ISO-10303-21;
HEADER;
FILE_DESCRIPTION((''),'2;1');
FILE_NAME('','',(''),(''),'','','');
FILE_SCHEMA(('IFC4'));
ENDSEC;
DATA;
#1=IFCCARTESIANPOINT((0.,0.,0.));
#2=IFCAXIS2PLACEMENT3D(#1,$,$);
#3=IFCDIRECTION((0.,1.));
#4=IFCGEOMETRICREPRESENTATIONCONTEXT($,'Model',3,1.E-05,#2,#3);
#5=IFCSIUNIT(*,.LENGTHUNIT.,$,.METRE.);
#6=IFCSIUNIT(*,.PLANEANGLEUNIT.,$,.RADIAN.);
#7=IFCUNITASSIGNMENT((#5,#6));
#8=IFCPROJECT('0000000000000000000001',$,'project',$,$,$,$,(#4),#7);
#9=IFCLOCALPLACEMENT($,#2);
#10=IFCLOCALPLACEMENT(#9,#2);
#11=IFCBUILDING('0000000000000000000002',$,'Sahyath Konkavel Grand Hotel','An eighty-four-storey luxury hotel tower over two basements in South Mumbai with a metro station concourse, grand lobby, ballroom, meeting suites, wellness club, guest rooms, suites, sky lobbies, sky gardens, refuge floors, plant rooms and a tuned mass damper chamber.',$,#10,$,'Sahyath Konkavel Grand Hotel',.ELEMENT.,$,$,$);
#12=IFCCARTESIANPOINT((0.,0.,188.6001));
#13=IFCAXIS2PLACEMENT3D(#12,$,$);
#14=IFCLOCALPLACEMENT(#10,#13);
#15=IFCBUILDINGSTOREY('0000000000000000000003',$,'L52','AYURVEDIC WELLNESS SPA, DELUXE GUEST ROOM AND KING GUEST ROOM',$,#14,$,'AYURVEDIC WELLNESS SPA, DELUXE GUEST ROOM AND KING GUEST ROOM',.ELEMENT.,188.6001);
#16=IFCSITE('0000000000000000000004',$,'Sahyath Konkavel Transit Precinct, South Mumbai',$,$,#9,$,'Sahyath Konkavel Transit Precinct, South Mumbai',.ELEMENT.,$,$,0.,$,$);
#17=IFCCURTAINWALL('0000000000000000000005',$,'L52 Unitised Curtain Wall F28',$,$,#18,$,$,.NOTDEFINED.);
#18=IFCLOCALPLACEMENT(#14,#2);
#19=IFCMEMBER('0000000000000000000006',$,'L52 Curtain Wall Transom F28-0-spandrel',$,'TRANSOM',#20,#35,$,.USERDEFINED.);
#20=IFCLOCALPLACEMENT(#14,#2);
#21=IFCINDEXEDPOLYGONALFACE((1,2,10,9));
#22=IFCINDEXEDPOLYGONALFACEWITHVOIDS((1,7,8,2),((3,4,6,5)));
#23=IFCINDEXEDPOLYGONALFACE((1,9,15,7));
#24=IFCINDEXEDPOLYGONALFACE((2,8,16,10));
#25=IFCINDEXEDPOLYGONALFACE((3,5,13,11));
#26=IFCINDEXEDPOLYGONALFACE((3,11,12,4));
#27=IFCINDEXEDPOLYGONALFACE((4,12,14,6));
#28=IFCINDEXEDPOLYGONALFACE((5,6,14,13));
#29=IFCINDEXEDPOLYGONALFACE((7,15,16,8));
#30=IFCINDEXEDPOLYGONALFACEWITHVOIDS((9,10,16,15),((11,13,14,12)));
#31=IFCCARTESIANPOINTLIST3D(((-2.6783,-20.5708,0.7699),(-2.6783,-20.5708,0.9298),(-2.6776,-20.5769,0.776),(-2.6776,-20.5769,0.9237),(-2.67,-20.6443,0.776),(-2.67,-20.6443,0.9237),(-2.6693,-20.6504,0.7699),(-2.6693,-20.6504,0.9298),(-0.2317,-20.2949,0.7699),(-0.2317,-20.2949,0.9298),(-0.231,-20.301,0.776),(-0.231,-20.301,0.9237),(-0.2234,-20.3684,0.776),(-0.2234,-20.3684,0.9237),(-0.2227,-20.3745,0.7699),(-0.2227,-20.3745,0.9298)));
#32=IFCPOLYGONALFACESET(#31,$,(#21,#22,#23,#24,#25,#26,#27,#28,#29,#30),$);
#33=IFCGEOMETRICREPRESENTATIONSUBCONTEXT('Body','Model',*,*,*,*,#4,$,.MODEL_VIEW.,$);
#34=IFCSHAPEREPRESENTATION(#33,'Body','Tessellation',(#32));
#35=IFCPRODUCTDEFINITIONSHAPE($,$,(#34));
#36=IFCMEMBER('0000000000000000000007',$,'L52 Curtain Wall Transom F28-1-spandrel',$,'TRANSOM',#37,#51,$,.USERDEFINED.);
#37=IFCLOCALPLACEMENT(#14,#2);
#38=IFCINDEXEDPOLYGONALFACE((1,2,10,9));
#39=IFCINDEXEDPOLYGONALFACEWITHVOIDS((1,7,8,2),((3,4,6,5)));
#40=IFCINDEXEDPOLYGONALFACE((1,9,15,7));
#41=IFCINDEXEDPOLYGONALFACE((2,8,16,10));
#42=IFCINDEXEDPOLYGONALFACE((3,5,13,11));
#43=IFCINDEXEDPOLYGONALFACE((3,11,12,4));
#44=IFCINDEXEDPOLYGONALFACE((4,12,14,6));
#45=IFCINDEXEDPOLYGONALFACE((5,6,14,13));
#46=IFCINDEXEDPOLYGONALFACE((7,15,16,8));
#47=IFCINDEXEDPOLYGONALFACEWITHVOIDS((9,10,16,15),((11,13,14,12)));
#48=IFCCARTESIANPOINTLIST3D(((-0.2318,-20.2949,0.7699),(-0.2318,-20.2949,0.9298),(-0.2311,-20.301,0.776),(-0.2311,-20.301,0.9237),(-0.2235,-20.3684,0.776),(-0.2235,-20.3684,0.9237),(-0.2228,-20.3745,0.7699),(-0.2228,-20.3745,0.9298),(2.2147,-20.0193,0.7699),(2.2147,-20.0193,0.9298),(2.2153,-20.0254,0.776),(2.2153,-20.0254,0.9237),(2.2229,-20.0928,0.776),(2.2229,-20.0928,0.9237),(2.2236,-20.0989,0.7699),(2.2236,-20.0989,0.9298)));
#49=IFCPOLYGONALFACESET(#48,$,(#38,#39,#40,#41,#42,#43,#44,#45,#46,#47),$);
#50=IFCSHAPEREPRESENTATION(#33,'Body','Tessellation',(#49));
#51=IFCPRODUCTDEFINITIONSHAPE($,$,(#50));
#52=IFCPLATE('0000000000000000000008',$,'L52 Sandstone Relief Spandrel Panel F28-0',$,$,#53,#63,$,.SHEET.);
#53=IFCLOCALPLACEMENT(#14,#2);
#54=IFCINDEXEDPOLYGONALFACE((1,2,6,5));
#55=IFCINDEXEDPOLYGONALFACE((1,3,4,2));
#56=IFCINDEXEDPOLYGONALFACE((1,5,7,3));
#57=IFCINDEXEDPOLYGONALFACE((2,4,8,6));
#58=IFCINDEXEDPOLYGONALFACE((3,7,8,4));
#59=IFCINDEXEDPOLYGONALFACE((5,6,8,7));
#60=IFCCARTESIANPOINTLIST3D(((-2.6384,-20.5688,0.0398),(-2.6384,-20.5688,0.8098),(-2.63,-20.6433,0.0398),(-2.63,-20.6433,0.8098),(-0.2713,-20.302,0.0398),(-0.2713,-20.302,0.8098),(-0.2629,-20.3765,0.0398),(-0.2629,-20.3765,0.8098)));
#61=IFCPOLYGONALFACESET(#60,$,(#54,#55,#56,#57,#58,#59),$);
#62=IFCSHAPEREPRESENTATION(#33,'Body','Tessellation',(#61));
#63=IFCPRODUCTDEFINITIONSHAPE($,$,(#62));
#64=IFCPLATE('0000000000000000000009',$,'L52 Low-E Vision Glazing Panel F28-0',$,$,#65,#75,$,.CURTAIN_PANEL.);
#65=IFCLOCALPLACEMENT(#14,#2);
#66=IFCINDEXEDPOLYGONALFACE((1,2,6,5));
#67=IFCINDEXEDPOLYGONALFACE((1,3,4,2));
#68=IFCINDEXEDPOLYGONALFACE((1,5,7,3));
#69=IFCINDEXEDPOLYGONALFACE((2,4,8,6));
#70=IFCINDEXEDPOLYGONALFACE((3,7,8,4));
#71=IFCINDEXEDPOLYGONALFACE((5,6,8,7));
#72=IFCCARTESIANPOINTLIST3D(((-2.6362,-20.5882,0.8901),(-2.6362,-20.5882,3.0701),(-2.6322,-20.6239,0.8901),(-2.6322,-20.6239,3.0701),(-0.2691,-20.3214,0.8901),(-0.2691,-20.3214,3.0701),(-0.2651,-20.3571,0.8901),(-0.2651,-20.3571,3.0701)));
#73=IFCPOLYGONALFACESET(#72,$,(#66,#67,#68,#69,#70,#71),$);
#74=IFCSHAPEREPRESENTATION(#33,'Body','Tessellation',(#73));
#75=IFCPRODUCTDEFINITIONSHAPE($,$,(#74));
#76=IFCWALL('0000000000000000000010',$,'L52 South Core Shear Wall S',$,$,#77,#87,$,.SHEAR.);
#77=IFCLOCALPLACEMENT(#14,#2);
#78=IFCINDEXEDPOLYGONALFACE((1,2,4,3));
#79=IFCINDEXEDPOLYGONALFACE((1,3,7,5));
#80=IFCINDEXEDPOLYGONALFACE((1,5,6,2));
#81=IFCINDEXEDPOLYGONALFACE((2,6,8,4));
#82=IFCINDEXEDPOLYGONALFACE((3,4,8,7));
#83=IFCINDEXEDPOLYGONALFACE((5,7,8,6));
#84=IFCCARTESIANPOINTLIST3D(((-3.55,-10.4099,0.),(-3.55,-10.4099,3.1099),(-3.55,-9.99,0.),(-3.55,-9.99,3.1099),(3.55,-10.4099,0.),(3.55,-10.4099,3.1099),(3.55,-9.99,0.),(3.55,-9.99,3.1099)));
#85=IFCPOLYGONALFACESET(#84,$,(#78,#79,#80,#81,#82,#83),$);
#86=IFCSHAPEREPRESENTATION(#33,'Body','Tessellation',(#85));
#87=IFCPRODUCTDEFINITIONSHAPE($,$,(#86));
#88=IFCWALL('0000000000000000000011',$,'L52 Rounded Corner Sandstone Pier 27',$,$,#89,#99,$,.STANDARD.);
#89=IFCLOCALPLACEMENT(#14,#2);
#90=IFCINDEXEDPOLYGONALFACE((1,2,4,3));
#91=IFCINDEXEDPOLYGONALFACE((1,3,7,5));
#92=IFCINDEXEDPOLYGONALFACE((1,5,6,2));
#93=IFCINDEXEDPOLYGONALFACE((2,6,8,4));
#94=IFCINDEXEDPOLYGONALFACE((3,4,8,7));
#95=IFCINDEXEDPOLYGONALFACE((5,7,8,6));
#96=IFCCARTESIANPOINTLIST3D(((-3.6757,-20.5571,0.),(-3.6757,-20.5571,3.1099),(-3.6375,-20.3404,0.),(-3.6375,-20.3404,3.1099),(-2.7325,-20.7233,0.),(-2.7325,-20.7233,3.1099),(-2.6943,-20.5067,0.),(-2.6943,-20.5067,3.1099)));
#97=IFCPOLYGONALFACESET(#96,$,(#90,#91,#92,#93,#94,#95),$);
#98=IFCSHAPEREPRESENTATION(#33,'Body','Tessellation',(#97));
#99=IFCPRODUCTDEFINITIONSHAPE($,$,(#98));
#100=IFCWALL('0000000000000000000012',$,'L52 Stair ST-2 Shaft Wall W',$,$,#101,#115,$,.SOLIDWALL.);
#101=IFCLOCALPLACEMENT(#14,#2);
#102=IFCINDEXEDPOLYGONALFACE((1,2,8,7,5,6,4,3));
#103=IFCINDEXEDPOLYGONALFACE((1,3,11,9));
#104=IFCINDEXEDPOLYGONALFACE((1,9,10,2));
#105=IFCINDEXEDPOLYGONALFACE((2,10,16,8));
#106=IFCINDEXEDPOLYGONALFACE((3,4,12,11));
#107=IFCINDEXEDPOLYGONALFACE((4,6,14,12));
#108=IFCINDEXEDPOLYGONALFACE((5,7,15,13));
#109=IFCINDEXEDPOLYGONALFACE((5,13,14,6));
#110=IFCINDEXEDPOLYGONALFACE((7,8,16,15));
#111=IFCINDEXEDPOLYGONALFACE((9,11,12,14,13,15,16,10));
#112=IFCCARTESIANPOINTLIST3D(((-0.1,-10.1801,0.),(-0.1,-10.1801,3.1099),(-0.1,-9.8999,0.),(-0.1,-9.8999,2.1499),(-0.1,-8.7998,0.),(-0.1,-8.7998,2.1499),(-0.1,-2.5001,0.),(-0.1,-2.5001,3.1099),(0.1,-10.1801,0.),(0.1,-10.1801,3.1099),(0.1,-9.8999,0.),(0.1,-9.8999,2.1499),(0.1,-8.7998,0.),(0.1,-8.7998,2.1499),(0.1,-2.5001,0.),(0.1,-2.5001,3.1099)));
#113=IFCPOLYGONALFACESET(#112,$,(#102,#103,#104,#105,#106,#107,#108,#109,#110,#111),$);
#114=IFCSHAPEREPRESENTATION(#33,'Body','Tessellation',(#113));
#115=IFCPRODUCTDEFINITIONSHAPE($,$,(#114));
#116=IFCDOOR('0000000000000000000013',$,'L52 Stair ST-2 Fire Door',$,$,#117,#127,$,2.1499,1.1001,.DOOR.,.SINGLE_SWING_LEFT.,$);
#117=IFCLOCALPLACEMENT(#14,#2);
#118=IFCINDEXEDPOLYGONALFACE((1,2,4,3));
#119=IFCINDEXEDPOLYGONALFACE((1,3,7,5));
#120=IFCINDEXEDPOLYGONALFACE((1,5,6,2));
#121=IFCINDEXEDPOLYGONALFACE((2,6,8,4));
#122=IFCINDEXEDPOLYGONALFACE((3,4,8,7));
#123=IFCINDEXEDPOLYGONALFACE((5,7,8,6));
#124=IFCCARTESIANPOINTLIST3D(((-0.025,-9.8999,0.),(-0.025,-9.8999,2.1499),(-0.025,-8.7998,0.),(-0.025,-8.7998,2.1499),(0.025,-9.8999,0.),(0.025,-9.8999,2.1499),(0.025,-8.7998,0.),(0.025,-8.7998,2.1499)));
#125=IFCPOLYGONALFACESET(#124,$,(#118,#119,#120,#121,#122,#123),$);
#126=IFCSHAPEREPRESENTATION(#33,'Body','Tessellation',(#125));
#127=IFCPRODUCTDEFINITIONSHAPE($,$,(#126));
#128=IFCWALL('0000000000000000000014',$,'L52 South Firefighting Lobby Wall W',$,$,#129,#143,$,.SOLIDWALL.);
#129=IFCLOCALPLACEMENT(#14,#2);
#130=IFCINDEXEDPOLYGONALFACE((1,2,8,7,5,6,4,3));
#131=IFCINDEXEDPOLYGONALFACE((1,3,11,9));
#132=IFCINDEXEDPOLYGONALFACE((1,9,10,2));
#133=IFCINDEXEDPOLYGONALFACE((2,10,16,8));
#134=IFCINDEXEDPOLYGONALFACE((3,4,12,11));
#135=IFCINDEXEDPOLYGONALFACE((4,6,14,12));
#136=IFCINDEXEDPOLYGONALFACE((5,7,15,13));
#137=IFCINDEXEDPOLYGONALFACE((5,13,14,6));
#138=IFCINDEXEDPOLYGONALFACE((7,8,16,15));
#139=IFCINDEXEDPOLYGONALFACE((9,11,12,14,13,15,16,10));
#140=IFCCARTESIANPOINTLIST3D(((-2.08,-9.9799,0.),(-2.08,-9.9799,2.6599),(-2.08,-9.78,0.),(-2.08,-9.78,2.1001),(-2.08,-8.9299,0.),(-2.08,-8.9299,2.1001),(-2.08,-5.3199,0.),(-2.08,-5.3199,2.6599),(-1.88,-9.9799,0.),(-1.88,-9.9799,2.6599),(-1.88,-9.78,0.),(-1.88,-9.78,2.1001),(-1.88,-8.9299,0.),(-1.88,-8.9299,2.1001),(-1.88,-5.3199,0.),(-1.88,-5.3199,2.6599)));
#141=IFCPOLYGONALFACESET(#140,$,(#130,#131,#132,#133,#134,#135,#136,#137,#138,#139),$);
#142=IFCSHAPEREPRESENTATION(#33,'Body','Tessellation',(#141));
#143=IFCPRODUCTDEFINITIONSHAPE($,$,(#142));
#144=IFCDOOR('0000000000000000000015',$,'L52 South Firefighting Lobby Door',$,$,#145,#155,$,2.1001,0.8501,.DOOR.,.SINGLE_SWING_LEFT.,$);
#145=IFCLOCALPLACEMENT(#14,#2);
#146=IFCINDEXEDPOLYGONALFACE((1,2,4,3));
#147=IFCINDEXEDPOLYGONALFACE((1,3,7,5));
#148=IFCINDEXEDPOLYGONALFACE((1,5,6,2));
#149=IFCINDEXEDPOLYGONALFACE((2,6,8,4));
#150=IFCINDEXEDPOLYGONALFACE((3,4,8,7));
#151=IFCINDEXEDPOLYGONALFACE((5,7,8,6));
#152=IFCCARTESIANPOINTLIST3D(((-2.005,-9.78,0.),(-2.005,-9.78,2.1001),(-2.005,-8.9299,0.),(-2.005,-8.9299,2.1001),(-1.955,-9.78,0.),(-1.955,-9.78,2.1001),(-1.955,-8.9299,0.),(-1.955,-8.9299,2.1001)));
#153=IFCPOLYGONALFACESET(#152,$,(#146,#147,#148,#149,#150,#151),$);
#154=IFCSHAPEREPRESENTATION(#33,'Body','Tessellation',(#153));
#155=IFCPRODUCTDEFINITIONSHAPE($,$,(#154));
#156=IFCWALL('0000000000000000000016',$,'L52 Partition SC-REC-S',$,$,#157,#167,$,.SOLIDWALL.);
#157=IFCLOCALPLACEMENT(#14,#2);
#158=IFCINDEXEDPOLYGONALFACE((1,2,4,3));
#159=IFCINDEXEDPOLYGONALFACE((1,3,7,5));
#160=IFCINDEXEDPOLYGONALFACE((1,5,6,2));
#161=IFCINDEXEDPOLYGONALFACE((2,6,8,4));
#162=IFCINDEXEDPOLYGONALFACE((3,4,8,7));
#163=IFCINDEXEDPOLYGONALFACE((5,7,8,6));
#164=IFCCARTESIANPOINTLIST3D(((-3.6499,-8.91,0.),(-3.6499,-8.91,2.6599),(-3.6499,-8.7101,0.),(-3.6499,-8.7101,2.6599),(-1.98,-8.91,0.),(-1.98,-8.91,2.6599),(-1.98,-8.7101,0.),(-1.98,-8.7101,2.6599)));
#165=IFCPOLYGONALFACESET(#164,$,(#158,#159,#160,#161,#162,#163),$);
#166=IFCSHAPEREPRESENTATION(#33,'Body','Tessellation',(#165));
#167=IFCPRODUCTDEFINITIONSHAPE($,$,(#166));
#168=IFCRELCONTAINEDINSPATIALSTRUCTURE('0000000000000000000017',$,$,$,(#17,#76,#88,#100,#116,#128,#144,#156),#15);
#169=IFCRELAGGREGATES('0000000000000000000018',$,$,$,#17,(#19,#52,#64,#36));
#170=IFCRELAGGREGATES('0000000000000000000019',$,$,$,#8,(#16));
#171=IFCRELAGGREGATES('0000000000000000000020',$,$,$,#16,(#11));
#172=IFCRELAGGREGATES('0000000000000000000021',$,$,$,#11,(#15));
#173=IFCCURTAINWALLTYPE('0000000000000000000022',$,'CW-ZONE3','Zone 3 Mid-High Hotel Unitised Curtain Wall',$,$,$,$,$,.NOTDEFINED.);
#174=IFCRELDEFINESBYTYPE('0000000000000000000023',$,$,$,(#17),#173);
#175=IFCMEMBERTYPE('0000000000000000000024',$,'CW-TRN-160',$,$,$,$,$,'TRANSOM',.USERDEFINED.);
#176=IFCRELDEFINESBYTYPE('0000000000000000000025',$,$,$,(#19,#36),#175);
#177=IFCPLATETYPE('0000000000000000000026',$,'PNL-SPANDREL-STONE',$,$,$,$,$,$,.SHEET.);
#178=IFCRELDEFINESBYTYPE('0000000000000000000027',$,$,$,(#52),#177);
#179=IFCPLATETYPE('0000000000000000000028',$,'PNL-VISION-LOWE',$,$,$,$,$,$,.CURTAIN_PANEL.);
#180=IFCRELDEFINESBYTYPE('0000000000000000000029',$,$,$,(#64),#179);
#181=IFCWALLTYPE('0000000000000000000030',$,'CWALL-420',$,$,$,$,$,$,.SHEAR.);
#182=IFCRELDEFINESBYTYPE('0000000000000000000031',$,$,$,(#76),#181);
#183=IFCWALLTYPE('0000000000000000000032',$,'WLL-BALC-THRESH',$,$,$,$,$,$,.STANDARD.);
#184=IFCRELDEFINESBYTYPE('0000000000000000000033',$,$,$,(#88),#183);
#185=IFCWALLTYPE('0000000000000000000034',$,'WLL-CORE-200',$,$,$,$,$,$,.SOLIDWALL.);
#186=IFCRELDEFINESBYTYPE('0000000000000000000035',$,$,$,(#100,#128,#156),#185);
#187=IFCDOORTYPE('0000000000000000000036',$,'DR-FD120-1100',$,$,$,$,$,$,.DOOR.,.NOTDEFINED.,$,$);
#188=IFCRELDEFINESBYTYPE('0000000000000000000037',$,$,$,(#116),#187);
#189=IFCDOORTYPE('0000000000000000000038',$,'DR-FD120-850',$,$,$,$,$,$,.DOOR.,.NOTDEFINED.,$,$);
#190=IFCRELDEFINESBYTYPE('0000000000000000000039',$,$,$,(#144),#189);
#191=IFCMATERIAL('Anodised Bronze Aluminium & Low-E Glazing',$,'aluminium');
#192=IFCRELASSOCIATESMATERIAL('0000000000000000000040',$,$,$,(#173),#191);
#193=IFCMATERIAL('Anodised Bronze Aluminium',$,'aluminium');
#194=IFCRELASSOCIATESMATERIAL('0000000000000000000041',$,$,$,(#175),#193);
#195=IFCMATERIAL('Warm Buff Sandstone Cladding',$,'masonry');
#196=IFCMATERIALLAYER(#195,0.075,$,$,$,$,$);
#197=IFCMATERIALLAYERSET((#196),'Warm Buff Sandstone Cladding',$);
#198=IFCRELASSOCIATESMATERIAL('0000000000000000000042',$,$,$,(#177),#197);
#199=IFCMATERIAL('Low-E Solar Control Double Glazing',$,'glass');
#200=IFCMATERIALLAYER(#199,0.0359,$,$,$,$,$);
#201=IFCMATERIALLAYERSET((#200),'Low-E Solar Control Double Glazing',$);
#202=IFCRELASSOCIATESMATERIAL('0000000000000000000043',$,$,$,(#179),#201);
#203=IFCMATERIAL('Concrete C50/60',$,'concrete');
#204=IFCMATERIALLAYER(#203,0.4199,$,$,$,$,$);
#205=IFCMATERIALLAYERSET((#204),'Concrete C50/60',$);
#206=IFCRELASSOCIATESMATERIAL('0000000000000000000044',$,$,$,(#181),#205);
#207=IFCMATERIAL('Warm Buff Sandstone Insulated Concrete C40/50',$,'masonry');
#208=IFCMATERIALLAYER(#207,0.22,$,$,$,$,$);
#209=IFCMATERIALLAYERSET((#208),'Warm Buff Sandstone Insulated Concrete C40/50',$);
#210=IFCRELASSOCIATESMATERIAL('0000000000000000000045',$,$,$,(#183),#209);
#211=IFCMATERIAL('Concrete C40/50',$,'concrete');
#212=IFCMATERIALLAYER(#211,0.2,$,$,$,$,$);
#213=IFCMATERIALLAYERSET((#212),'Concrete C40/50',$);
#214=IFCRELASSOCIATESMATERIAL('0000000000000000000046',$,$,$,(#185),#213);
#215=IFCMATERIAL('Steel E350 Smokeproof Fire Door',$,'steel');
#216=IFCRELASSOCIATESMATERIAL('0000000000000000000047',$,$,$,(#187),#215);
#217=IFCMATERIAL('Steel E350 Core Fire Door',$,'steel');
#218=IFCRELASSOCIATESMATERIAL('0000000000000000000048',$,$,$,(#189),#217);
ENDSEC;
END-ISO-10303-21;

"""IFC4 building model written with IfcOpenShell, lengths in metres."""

from ifc_helpers import new_model, si_unit, direction, frame, frame_2d, origin, origin_2d, place, context, subcontext, project, spatial, rectangle, hollow_rectangle, extrude, source, transform, mapped, material, layer, layer_set, material_profile, profile_set, type_object, element, fill, aggregate, save


model = new_model("IFC4")

# Units and contexts
model_context = context("Model", 3, precision=1e-05, world=origin(), true_north=direction((0.0, 1.0)))
body_context = subcontext(model_context, "Body", "Model", "MODEL_VIEW")
ifc_project = project(units=[si_unit("LENGTHUNIT", "METRE"), si_unit("PLANEANGLEUNIT", "RADIAN")], contexts=[model_context])

# Site, building, storey
site_placement = place(None, origin())
site = spatial("IfcSite", under=ifc_project, at=site_placement, Name="Sahyath Konkavel Transit Precinct, South Mumbai", LongName="Sahyath Konkavel Transit Precinct, South Mumbai", CompositionType="ELEMENT", RefElevation=0.0)
building_placement = place(site_placement, origin())
building = spatial("IfcBuilding", under=site, at=building_placement, Name="Sahyath Konkavel Grand Hotel", Description="An eighty-four-storey luxury hotel tower over two basements in South Mumbai with a metro station concourse, grand lobby, ballroom, meeting suites, wellness club, guest rooms, suites, sky lobbies, sky gardens, refuge floors, plant rooms and a tuned mass damper chamber.", LongName="Sahyath Konkavel Grand Hotel", CompositionType="ELEMENT")
storey_placement = place(building_placement, frame((0.0, 0.0, 188.6001)))
storey = spatial("IfcBuildingStorey", under=building, at=storey_placement, Name="L52", Description="AYURVEDIC WELLNESS SPA, DELUXE GUEST ROOM AND KING GUEST ROOM", LongName="AYURVEDIC WELLNESS SPA, DELUXE GUEST ROOM AND KING GUEST ROOM", CompositionType="ELEMENT", Elevation=188.6001)

# Shared definitions
ifc_material_1 = material(Name="Concrete C50/60", Category="concrete")
ifc_material_2 = material(Name="Concrete C40/50", Category="concrete")

# Curtain wall, members, plates
ifc_material_3 = material(Name="Anodised Bronze Aluminium & Low-E Glazing", Category="aluminium")
curtain_wall_type = type_object("IfcCurtainWallType", Name="CW-ZONE3", Description="Zone 3 Mid-High Hotel Unitised Curtain Wall", PredefinedType="NOTDEFINED", material=ifc_material_3)
curtain_wall_placement = place(storey_placement, origin())
curtain_wall = element("IfcCurtainWall", 1, at=curtain_wall_placement, inside=storey, type_object=curtain_wall_type, Name="L52 Unitised Curtain Wall F28", PredefinedType="NOTDEFINED")
ifc_material_4 = material(Name="Anodised Bronze Aluminium", Category="aluminium")
ifc_material_profile_1 = material_profile(ifc_material_4, hollow_rectangle(XDim=0.0801, YDim=0.1599, WallThickness=0.0061, at=origin_2d()), Name="RHS 160x80x6")
ifc_profile_set_1 = profile_set([ifc_material_profile_1], Name="Anodised Bronze Aluminium")
member_type_1 = type_object("IfcMemberType", Name="CW-TRN-160", ElementType="TRANSOM", PredefinedType="USERDEFINED", material=ifc_profile_set_1)
shared_shape_1 = source(origin(), body_context, "Body", "SweptSolid", [
    extrude(hollow_rectangle(XDim=0.0801, YDim=0.1599, WallThickness=0.0061, at=origin_2d()), origin(), (0.0, 0.0, 1.0), 2.4622),
])
member_1_placement = place(storey_placement, frame((-2.6738, -20.6106, 0.8499), z_axis=(0.993702, 0.112053, 0.0), x_axis=(-0.112053, 0.993702, 0.0)))
member_1 = element("IfcMember", 2, at=member_1_placement, type_object=member_type_1, Name="L52 Curtain Wall Transom F28-0-spandrel", ObjectType="TRANSOM", PredefinedType="USERDEFINED", context=body_context, shape_type="MappedRepresentation", body=[
    mapped(shared_shape_1, transform((0.0, 0.0, 0.0), scale=1.0)),
])
shared_shape_2 = source(origin(), body_context, "Body", "SweptSolid", [
    extrude(hollow_rectangle(XDim=0.0801, YDim=0.1599, WallThickness=0.0061, at=origin_2d()), origin(), (0.0, 0.0, 1.0), 2.4619),
])
member_2_placement = place(storey_placement, frame((-0.2273, -20.3347, 0.8499), z_axis=(0.993713, 0.111955, 0.0), x_axis=(-0.111955, 0.993713, 0.0)))
member_2 = element("IfcMember", 3, at=member_2_placement, type_object=member_type_1, Name="L52 Curtain Wall Transom F28-1-spandrel", ObjectType="TRANSOM", PredefinedType="USERDEFINED", context=body_context, shape_type="MappedRepresentation", body=[
    mapped(shared_shape_2, transform((0.0, 0.0, 0.0), scale=1.0)),
])
ifc_material_5 = material(Name="Warm Buff Sandstone Cladding", Category="masonry")
ifc_layer_1 = layer(ifc_material_5, 0.075)
ifc_layer_set_1 = layer_set([ifc_layer_1], Name="Warm Buff Sandstone Cladding")
plate_type_1 = type_object("IfcPlateType", Name="PNL-SPANDREL-STONE", PredefinedType="SHEET", material=ifc_layer_set_1)
shared_shape_3 = source(origin(), body_context, "Body", "SweptSolid", [
    extrude(rectangle(XDim=2.3821, YDim=0.075, at=origin_2d()), origin(), (0.0, 0.0, 1.0), 0.77),
])
plate_1_placement = place(storey_placement, frame((-1.4507, -20.4727, 0.0398), z_axis=(0.0, 0.0, 1.0), x_axis=(0.993707, 0.112007, 0.0)))
plate_1 = element("IfcPlate", 4, at=plate_1_placement, type_object=plate_type_1, Name="L52 Sandstone Relief Spandrel Panel F28-0", PredefinedType="SHEET", context=body_context, shape_type="MappedRepresentation", body=[
    mapped(shared_shape_3, transform((0.0, 0.0, 0.0), scale=1.0)),
])
ifc_material_6 = material(Name="Low-E Solar Control Double Glazing", Category="glass")
ifc_layer_2 = layer(ifc_material_6, 0.0359)
ifc_layer_set_2 = layer_set([ifc_layer_2], Name="Low-E Solar Control Double Glazing")
plate_type_2 = type_object("IfcPlateType", Name="PNL-VISION-LOWE", PredefinedType="CURTAIN_PANEL", material=ifc_layer_set_2)
shared_shape_4 = source(origin(), body_context, "Body", "SweptSolid", [
    extrude(rectangle(XDim=2.3821, YDim=0.0359, at=origin_2d()), origin(), (0.0, 0.0, 1.0), 2.1799),
])
plate_2_placement = place(storey_placement, frame((-1.4507, -20.4727, 0.8901), z_axis=(0.0, 0.0, 1.0), x_axis=(0.993707, 0.112007, 0.0)))
plate_2 = element("IfcPlate", 5, at=plate_2_placement, type_object=plate_type_2, Name="L52 Low-E Vision Glazing Panel F28-0", PredefinedType="CURTAIN_PANEL", context=body_context, shape_type="MappedRepresentation", body=[
    mapped(shared_shape_4, transform((0.0, 0.0, 0.0), scale=1.0)),
])
aggregate(curtain_wall, [member_1, plate_1, plate_2, member_2])

# Walls
ifc_layer_3 = layer(ifc_material_1, 0.4199)
ifc_layer_set_3 = layer_set([ifc_layer_3], Name="Concrete C50/60")
wall_type_1 = type_object("IfcWallType", Name="CWALL-420", PredefinedType="SHEAR", material=ifc_layer_set_3)
wall_1_placement = place(storey_placement, frame((-3.55, -10.2, 0.0), z_axis=(0.0, 0.0, 1.0), x_axis=(1.0, 0.0, 0.0)))
element("IfcWall", 6, at=wall_1_placement, inside=storey, type_object=wall_type_1, Name="L52 South Core Shear Wall S", PredefinedType="SHEAR", context=body_context, shape_type="SweptSolid", body=[
    extrude(rectangle(XDim=7.1001, YDim=0.4199, at=frame_2d((3.55, 0.0))), origin(), (0.0, 0.0, 1.0), 3.1099),
])
ifc_material_7 = material(Name="Warm Buff Sandstone Insulated Concrete C40/50", Category="masonry")
ifc_layer_4 = layer(ifc_material_7, 0.22)
ifc_layer_set_4 = layer_set([ifc_layer_4], Name="Warm Buff Sandstone Insulated Concrete C40/50")
wall_type_2 = type_object("IfcWallType", Name="WLL-BALC-THRESH", PredefinedType="STANDARD", material=ifc_layer_set_4)
wall_2_placement = place(storey_placement, frame((-3.6567, -20.4487, 0.0), z_axis=(0.0, 0.0, 1.0), x_axis=(0.984814, -0.173611, 0.0)))
element("IfcWall", 7, at=wall_2_placement, inside=storey, type_object=wall_type_2, Name="L52 Rounded Corner Sandstone Pier 27", PredefinedType="STANDARD", context=body_context, shape_type="SweptSolid", body=[
    extrude(rectangle(XDim=0.9578, YDim=0.22, at=frame_2d((0.479, 0.0))), origin(), (0.0, 0.0, 1.0), 3.1099),
])

# Walls, openings, doors
ifc_layer_5 = layer(ifc_material_2, 0.2)
ifc_layer_set_5 = layer_set([ifc_layer_5], Name="Concrete C40/50")
wall_type_3 = type_object("IfcWallType", Name="WLL-CORE-200", PredefinedType="SOLIDWALL", material=ifc_layer_set_5)
wall_3_placement = place(storey_placement, frame((0.0, -10.1799, 0.0), z_axis=(0.0, 0.0, 1.0), x_axis=(0.0, 1.0, 0.0)))
wall_3 = element("IfcWall", 8, at=wall_3_placement, inside=storey, type_object=wall_type_3, Name="L52 Stair ST-2 Shaft Wall W", PredefinedType="SOLIDWALL", context=body_context, shape_type="SweptSolid", body=[
    extrude(rectangle(XDim=7.6799, YDim=0.2, at=frame_2d((3.8398, 0.0))), origin(), (0.0, 0.0, 1.0), 3.1099),
])
opening_1_placement = place(wall_3_placement, frame((0.28, 0.0, 0.0)))
opening_1 = element("IfcOpeningElement", 9, at=opening_1_placement, cuts=wall_3, PredefinedType="OPENING", context=body_context, shape_type="SweptSolid", body=[
    extrude(rectangle(XDim=1.1001, YDim=2.1499, at=frame_2d((0.55, 1.075))), frame((0.0, 0.1099, 0.0), z_axis=(0.0, -1.0, 0.0), x_axis=(1.0, 0.0, 0.0)), (0.0, 0.0, 1.0), 0.22),
])
ifc_material_8 = material(Name="Steel E350 Smokeproof Fire Door", Category="steel")
door_type_1 = type_object("IfcDoorType", Name="DR-FD120-1100", OperationType="NOTDEFINED", PredefinedType="DOOR", material=ifc_material_8)
shared_shape_5 = source(origin(), body_context, "Body", "SweptSolid", [
    extrude(rectangle(XDim=1.1001, YDim=0.05, at=origin_2d()), origin(), (0.0, 0.0, 1.0), 2.1499),
])
door_1_placement = place(opening_1_placement, frame((0.55, 0.0, 0.0)))
door_1 = element("IfcDoor", 10, at=door_1_placement, inside=storey, type_object=door_type_1, Name="L52 Stair ST-2 Fire Door", OperationType="SINGLE_SWING_LEFT", OverallHeight=2.1499, OverallWidth=1.1001, PredefinedType="DOOR", context=body_context, shape_type="MappedRepresentation", body=[
    mapped(shared_shape_5, transform((0.0, 0.0, 0.0), scale=1.0)),
])
fill(opening_1, door_1)
wall_4_placement = place(storey_placement, frame((-1.98, -9.98, 0.0), z_axis=(0.0, 0.0, 1.0), x_axis=(0.0, 1.0, 0.0)))
wall_4 = element("IfcWall", 11, at=wall_4_placement, inside=storey, type_object=wall_type_3, Name="L52 South Firefighting Lobby Wall W", PredefinedType="SOLIDWALL", context=body_context, shape_type="SweptSolid", body=[
    extrude(rectangle(XDim=4.6599, YDim=0.2, at=frame_2d((2.3301, 0.0))), origin(), (0.0, 0.0, 1.0), 2.6599),
])
opening_2_placement = place(wall_4_placement, frame((0.2, 0.0, 0.0)))
opening_2 = element("IfcOpeningElement", 12, at=opening_2_placement, cuts=wall_4, PredefinedType="OPENING", context=body_context, shape_type="SweptSolid", body=[
    extrude(rectangle(XDim=0.8501, YDim=2.1001, at=frame_2d((0.425, 1.05))), frame((0.0, 0.1099, 0.0), z_axis=(0.0, -1.0, 0.0), x_axis=(1.0, 0.0, 0.0)), (0.0, 0.0, 1.0), 0.22),
])
ifc_material_9 = material(Name="Steel E350 Core Fire Door", Category="steel")
door_type_2 = type_object("IfcDoorType", Name="DR-FD120-850", OperationType="NOTDEFINED", PredefinedType="DOOR", material=ifc_material_9)
shared_shape_6 = source(origin(), body_context, "Body", "SweptSolid", [
    extrude(rectangle(XDim=0.8501, YDim=0.05, at=origin_2d()), origin(), (0.0, 0.0, 1.0), 2.1001),
])
door_2_placement = place(opening_2_placement, frame((0.425, 0.0, 0.0)))
door_2 = element("IfcDoor", 13, at=door_2_placement, inside=storey, type_object=door_type_2, Name="L52 South Firefighting Lobby Door", OperationType="SINGLE_SWING_LEFT", OverallHeight=2.1001, OverallWidth=0.8501, PredefinedType="DOOR", context=body_context, shape_type="MappedRepresentation", body=[
    mapped(shared_shape_6, transform((0.0, 0.0, 0.0), scale=1.0)),
])
fill(opening_2, door_2)

# Wall
wall_5_placement = place(storey_placement, frame((-3.6499, -8.8101, 0.0), z_axis=(0.0, 0.0, 1.0), x_axis=(1.0, 0.0, 0.0)))
element("IfcWall", 14, at=wall_5_placement, inside=storey, type_object=wall_type_3, Name="L52 Partition SC-REC-S", PredefinedType="SOLIDWALL", context=body_context, shape_type="SweptSolid", body=[
    extrude(rectangle(XDim=1.6699, YDim=0.2, at=frame_2d((0.835, 0.0))), origin(), (0.0, 0.0, 1.0), 2.6599),
])

save(model, "model.ifc")
